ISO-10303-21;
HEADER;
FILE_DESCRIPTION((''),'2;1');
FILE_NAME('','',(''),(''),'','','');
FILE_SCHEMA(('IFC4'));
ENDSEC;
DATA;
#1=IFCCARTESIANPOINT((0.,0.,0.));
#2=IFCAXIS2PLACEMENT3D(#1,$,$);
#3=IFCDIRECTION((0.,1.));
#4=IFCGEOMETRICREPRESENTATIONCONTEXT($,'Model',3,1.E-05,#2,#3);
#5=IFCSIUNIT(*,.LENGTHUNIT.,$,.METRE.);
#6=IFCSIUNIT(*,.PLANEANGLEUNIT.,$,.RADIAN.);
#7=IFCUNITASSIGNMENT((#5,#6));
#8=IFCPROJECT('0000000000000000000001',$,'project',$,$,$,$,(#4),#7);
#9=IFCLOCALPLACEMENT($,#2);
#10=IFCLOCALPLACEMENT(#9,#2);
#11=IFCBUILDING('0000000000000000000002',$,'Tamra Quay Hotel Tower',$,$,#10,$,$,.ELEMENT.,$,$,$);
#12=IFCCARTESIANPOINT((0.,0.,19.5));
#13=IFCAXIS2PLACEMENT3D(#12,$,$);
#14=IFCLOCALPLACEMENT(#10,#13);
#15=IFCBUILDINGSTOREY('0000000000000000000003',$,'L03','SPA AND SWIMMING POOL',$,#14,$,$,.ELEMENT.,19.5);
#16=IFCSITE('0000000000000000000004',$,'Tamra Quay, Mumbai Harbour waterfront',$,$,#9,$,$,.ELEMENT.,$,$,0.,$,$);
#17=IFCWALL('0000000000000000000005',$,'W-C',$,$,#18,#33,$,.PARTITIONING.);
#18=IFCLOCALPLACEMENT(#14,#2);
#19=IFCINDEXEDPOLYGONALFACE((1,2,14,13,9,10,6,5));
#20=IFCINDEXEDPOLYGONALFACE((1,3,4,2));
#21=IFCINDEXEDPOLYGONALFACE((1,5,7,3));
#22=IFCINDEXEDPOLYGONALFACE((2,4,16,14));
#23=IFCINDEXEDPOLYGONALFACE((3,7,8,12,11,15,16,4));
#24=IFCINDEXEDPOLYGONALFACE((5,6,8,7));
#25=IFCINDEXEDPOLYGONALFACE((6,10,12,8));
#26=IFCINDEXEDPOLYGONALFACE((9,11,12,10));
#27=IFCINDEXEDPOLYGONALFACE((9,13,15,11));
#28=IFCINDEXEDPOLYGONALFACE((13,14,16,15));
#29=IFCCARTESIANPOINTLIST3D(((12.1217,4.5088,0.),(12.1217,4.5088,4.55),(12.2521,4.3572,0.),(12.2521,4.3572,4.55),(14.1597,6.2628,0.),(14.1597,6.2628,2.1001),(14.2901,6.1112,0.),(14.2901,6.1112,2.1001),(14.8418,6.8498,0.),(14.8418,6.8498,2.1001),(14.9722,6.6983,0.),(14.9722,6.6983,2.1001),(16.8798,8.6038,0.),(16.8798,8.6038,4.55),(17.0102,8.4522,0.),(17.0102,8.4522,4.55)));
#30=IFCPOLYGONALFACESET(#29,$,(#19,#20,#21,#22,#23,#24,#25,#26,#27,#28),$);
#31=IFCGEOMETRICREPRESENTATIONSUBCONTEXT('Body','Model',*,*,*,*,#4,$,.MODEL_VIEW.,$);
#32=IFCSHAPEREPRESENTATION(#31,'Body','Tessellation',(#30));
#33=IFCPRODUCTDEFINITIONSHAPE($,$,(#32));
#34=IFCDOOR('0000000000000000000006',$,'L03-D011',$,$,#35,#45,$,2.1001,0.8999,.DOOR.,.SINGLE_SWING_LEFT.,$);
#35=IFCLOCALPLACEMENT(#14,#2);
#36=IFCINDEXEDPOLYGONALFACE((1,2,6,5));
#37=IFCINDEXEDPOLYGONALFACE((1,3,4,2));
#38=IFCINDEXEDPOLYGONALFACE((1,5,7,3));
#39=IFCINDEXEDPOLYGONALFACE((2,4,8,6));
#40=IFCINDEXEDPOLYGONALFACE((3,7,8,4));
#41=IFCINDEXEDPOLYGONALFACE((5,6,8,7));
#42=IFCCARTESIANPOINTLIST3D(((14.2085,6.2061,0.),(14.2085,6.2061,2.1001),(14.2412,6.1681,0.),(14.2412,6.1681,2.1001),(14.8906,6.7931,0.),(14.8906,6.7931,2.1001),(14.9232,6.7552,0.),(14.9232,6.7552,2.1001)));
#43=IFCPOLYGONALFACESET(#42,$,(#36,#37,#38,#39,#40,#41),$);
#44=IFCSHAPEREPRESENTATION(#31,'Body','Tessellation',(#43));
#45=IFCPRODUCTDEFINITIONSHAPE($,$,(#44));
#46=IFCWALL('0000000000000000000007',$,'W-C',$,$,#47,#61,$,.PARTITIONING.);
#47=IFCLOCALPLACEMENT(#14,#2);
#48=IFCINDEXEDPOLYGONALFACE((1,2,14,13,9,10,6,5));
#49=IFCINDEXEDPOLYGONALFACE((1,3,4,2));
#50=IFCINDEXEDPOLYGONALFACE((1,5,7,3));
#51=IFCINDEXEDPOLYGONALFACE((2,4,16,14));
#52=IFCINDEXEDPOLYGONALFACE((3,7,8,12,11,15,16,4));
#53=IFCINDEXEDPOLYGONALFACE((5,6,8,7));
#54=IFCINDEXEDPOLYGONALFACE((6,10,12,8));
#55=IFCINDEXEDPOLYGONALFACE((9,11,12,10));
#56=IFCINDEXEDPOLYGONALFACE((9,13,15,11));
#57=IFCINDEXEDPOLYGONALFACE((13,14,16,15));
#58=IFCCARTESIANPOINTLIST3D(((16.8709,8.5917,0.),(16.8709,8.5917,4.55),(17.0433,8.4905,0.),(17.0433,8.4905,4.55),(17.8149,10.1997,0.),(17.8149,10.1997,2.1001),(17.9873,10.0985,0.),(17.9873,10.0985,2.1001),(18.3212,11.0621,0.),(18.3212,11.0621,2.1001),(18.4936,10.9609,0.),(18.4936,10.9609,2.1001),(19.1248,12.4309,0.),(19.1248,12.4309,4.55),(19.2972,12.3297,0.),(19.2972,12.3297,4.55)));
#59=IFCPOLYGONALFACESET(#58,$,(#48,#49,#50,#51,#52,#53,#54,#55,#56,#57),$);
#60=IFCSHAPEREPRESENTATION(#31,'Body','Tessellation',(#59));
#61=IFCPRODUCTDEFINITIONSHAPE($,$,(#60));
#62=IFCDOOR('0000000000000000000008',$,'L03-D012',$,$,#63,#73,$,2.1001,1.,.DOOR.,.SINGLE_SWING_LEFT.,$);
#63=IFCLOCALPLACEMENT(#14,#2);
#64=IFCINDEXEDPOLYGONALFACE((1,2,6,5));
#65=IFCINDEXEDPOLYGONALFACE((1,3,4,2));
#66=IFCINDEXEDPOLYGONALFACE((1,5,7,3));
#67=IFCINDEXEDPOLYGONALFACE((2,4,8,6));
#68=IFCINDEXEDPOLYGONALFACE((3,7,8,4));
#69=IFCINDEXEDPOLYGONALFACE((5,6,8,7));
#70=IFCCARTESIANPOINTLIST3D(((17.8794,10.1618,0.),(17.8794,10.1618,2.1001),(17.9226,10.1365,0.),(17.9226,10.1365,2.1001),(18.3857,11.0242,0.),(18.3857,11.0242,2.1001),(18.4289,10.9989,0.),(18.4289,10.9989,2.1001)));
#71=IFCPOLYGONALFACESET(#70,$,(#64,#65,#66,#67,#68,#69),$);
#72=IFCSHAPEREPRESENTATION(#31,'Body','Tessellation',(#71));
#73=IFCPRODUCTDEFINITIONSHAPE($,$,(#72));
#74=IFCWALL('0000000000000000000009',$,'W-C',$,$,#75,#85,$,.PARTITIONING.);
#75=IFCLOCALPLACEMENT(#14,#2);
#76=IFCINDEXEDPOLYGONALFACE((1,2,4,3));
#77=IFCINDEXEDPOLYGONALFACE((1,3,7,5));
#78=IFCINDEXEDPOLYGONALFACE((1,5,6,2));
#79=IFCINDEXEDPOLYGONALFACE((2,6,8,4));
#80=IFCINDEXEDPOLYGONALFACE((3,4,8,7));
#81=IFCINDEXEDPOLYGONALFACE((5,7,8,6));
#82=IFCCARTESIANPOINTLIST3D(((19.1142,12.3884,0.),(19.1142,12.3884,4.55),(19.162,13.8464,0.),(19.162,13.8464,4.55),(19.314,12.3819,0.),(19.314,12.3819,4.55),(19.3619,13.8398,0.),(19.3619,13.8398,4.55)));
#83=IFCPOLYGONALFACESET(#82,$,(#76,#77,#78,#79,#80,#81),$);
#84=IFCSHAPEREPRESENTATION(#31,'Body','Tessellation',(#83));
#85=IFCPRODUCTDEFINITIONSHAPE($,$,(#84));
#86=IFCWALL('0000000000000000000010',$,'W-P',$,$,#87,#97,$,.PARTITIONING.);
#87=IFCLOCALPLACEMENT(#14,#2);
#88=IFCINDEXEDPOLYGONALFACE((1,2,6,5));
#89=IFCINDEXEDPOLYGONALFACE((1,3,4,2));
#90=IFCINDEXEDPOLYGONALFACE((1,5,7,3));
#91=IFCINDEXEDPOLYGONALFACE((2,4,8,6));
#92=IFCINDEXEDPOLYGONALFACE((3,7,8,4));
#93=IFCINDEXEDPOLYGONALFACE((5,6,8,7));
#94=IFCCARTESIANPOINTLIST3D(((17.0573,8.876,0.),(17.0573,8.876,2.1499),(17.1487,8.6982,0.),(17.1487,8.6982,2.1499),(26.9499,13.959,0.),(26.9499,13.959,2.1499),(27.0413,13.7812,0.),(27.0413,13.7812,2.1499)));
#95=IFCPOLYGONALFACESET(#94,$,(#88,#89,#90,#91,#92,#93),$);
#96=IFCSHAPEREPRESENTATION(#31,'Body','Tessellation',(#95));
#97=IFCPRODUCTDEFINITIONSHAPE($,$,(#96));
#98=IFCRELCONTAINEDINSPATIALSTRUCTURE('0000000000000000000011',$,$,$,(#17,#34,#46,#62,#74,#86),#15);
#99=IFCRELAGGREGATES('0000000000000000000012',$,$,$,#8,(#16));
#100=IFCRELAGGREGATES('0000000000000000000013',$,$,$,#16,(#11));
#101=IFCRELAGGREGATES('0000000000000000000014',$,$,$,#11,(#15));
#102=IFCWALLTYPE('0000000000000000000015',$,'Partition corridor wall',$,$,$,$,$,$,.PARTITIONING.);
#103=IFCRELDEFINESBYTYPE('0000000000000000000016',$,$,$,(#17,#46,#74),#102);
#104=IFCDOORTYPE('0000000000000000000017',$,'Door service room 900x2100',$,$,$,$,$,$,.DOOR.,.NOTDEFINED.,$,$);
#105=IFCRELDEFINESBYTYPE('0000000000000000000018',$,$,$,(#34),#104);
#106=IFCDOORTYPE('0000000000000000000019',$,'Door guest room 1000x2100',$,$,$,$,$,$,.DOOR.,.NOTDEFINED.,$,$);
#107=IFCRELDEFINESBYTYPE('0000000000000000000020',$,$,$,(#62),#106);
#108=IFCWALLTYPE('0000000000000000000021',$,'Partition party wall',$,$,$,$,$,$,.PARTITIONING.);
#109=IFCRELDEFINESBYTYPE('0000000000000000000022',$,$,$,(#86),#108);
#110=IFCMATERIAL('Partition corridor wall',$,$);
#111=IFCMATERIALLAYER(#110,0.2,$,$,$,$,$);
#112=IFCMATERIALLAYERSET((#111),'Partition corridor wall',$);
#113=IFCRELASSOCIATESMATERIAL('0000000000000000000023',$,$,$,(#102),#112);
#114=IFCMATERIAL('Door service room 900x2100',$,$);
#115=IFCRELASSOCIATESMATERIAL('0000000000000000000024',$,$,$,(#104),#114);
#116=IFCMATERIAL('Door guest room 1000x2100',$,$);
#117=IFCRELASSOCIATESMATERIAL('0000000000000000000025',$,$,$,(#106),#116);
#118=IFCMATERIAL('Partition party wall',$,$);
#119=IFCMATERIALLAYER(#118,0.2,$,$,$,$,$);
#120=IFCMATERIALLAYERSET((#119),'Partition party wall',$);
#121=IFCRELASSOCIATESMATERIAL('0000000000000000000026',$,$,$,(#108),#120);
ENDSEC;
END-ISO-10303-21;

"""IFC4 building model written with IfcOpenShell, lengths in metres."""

from ifc_helpers import new_model, si_unit, direction, frame, frame_2d, origin, place, context, subcontext, project, spatial, rectangle, extrude, material, layer, layer_set, type_object, element, fill, save


model = new_model("IFC4")

# Units and contexts
model_context = context("Model", 3, precision=1e-05, world=origin(), true_north=direction((0.0, 1.0)))
body_context = subcontext(model_context, "Body", "Model", "MODEL_VIEW")
ifc_project = project(units=[si_unit("LENGTHUNIT", "METRE"), si_unit("PLANEANGLEUNIT", "RADIAN")], contexts=[model_context])

# Site, building, storey
site_placement = place(None, origin())
site = spatial("IfcSite", under=ifc_project, at=site_placement, Name="Tamra Quay, Mumbai Harbour waterfront", CompositionType="ELEMENT", RefElevation=0.0)
building_placement = place(site_placement, origin())
building = spatial("IfcBuilding", under=site, at=building_placement, Name="Tamra Quay Hotel Tower", CompositionType="ELEMENT")
storey_placement = place(building_placement, frame((0.0, 0.0, 19.5)))
storey = spatial("IfcBuildingStorey", under=building, at=storey_placement, Name="L03", Description="SPA AND SWIMMING POOL", CompositionType="ELEMENT", Elevation=19.5)

# Shared definitions
ifc_material_1 = material(Name="Partition corridor wall")
ifc_layer_1 = layer(ifc_material_1, 0.2)
ifc_layer_set_1 = layer_set([ifc_layer_1], Name="Partition corridor wall")
wall_type_1 = type_object("IfcWallType", Name="Partition corridor wall", PredefinedType="PARTITIONING", material=ifc_layer_set_1)

# Walls, openings, doors
wall_1_placement = place(storey_placement, frame((12.187, 4.4331, 0.0), z_axis=(0.0, 0.0, 1.0), x_axis=(0.757946, 0.652318, 0.0)))
wall_1 = element("IfcWall", 1, at=wall_1_placement, inside=storey, type_object=wall_type_1, Name="W-C", PredefinedType="PARTITIONING", context=body_context, shape_type="SweptSolid", body=[
    extrude(rectangle(XDim=6.2776, YDim=0.2, at=frame_2d((3.1387, 0.0))), origin(), (0.0, 0.0, 1.0), 4.55),
])
opening_1_placement = place(wall_1_placement, frame((2.6887, 0.0, 0.0)))
opening_1 = element("IfcOpeningElement", 2, at=opening_1_placement, cuts=wall_1, PredefinedType="OPENING", context=body_context, shape_type="SweptSolid", body=[
    extrude(rectangle(XDim=0.8999, YDim=2.1001, at=frame_2d((0.45, 1.05))), frame((0.0, 0.1099, 0.0), z_axis=(0.0, -1.0, 0.0), x_axis=(1.0, 0.0, 0.0)), (0.0, 0.0, 1.0), 0.22),
])
ifc_material_2 = material(Name="Door service room 900x2100")
door_type_1 = type_object("IfcDoorType", Name="Door service room 900x2100", OperationType="NOTDEFINED", PredefinedType="DOOR", material=ifc_material_2)
door_1_placement = place(opening_1_placement, frame((0.8999, 0.0, 0.0), z_axis=(0.0, 0.0, 1.0), x_axis=(-1.0, 0.0, 0.0)))
door_1 = element("IfcDoor", 3, at=door_1_placement, inside=storey, type_object=door_type_1, Name="L03-D011", OperationType="SINGLE_SWING_LEFT", OverallHeight=2.1001, OverallWidth=0.8999, PredefinedType="DOOR", context=body_context, shape_type="SweptSolid", body=[
    extrude(rectangle(XDim=0.8999, YDim=2.1001, at=frame_2d((0.45, 1.05))), frame((0.0, 0.0249, 0.0), z_axis=(0.0, -1.0, 0.0), x_axis=(1.0, 0.0, 0.0)), (0.0, 0.0, 1.0), 0.05),
])
fill(opening_1, door_1)
wall_2_placement = place(storey_placement, frame((16.957, 8.541, 0.0), z_axis=(0.0, 0.0, 1.0), x_axis=(0.506287, 0.862365, 0.0)))
wall_2 = element("IfcWall", 4, at=wall_2_placement, inside=storey, type_object=wall_type_1, Name="W-C", PredefinedType="PARTITIONING", context=body_context, shape_type="SweptSolid", body=[
    extrude(rectangle(XDim=4.4519, YDim=0.2, at=frame_2d((2.2261, 0.0))), origin(), (0.0, 0.0, 1.0), 4.55),
])
opening_2_placement = place(wall_2_placement, frame((1.8647, 0.0, 0.0)))
opening_2 = element("IfcOpeningElement", 5, at=opening_2_placement, cuts=wall_2, PredefinedType="OPENING", context=body_context, shape_type="SweptSolid", body=[
    extrude(rectangle(XDim=1.0, YDim=2.1001, at=frame_2d((0.5, 1.05))), frame((0.0, 0.1099, 0.0), z_axis=(0.0, -1.0, 0.0), x_axis=(1.0, 0.0, 0.0)), (0.0, 0.0, 1.0), 0.22),
])
ifc_material_3 = material(Name="Door guest room 1000x2100")
door_type_2 = type_object("IfcDoorType", Name="Door guest room 1000x2100", OperationType="NOTDEFINED", PredefinedType="DOOR", material=ifc_material_3)
door_2_placement = place(opening_2_placement, frame((1.0, 0.0, 0.0), z_axis=(0.0, 0.0, 1.0), x_axis=(-1.0, 0.0, 0.0)))
door_2 = element("IfcDoor", 6, at=door_2_placement, inside=storey, type_object=door_type_2, Name="L03-D012", OperationType="SINGLE_SWING_LEFT", OverallHeight=2.1001, OverallWidth=1.0, PredefinedType="DOOR", context=body_context, shape_type="SweptSolid", body=[
    extrude(rectangle(XDim=1.0, YDim=2.1001, at=frame_2d((0.5, 1.05))), frame((0.0, 0.0249, 0.0), z_axis=(0.0, -1.0, 0.0), x_axis=(1.0, 0.0, 0.0)), (0.0, 0.0, 1.0), 0.05),
])
fill(opening_2, door_2)

# Walls
wall_3_placement = place(storey_placement, frame((19.2141, 12.385, 0.0), z_axis=(0.0, 0.0, 1.0), x_axis=(0.032802, 0.999462, 0.0)))
element("IfcWall", 7, at=wall_3_placement, inside=storey, type_object=wall_type_1, Name="W-C", PredefinedType="PARTITIONING", context=body_context, shape_type="SweptSolid", body=[
    extrude(rectangle(XDim=1.4587, YDim=0.2, at=frame_2d((0.7295, 0.0))), origin(), (0.0, 0.0, 1.0), 4.55),
])
ifc_material_4 = material(Name="Partition party wall")
ifc_layer_2 = layer(ifc_material_4, 0.2)
ifc_layer_set_2 = layer_set([ifc_layer_2], Name="Partition party wall")
wall_type_2 = type_object("IfcWallType", Name="Partition party wall", PredefinedType="PARTITIONING", material=ifc_layer_set_2)
wall_4_placement = place(storey_placement, frame((17.103, 8.7871, 0.0), z_axis=(0.0, 0.0, 1.0), x_axis=(0.889456, 0.457021, 0.0)))
element("IfcWall", 8, at=wall_4_placement, inside=storey, type_object=wall_type_2, Name="W-P", PredefinedType="PARTITIONING", context=body_context, shape_type="SweptSolid", body=[
    extrude(rectangle(XDim=11.1221, YDim=0.2, at=frame_2d((5.561, 0.0))), origin(), (0.0, 0.0, 1.0), 2.1499),
])

save(model, "model.ifc")
